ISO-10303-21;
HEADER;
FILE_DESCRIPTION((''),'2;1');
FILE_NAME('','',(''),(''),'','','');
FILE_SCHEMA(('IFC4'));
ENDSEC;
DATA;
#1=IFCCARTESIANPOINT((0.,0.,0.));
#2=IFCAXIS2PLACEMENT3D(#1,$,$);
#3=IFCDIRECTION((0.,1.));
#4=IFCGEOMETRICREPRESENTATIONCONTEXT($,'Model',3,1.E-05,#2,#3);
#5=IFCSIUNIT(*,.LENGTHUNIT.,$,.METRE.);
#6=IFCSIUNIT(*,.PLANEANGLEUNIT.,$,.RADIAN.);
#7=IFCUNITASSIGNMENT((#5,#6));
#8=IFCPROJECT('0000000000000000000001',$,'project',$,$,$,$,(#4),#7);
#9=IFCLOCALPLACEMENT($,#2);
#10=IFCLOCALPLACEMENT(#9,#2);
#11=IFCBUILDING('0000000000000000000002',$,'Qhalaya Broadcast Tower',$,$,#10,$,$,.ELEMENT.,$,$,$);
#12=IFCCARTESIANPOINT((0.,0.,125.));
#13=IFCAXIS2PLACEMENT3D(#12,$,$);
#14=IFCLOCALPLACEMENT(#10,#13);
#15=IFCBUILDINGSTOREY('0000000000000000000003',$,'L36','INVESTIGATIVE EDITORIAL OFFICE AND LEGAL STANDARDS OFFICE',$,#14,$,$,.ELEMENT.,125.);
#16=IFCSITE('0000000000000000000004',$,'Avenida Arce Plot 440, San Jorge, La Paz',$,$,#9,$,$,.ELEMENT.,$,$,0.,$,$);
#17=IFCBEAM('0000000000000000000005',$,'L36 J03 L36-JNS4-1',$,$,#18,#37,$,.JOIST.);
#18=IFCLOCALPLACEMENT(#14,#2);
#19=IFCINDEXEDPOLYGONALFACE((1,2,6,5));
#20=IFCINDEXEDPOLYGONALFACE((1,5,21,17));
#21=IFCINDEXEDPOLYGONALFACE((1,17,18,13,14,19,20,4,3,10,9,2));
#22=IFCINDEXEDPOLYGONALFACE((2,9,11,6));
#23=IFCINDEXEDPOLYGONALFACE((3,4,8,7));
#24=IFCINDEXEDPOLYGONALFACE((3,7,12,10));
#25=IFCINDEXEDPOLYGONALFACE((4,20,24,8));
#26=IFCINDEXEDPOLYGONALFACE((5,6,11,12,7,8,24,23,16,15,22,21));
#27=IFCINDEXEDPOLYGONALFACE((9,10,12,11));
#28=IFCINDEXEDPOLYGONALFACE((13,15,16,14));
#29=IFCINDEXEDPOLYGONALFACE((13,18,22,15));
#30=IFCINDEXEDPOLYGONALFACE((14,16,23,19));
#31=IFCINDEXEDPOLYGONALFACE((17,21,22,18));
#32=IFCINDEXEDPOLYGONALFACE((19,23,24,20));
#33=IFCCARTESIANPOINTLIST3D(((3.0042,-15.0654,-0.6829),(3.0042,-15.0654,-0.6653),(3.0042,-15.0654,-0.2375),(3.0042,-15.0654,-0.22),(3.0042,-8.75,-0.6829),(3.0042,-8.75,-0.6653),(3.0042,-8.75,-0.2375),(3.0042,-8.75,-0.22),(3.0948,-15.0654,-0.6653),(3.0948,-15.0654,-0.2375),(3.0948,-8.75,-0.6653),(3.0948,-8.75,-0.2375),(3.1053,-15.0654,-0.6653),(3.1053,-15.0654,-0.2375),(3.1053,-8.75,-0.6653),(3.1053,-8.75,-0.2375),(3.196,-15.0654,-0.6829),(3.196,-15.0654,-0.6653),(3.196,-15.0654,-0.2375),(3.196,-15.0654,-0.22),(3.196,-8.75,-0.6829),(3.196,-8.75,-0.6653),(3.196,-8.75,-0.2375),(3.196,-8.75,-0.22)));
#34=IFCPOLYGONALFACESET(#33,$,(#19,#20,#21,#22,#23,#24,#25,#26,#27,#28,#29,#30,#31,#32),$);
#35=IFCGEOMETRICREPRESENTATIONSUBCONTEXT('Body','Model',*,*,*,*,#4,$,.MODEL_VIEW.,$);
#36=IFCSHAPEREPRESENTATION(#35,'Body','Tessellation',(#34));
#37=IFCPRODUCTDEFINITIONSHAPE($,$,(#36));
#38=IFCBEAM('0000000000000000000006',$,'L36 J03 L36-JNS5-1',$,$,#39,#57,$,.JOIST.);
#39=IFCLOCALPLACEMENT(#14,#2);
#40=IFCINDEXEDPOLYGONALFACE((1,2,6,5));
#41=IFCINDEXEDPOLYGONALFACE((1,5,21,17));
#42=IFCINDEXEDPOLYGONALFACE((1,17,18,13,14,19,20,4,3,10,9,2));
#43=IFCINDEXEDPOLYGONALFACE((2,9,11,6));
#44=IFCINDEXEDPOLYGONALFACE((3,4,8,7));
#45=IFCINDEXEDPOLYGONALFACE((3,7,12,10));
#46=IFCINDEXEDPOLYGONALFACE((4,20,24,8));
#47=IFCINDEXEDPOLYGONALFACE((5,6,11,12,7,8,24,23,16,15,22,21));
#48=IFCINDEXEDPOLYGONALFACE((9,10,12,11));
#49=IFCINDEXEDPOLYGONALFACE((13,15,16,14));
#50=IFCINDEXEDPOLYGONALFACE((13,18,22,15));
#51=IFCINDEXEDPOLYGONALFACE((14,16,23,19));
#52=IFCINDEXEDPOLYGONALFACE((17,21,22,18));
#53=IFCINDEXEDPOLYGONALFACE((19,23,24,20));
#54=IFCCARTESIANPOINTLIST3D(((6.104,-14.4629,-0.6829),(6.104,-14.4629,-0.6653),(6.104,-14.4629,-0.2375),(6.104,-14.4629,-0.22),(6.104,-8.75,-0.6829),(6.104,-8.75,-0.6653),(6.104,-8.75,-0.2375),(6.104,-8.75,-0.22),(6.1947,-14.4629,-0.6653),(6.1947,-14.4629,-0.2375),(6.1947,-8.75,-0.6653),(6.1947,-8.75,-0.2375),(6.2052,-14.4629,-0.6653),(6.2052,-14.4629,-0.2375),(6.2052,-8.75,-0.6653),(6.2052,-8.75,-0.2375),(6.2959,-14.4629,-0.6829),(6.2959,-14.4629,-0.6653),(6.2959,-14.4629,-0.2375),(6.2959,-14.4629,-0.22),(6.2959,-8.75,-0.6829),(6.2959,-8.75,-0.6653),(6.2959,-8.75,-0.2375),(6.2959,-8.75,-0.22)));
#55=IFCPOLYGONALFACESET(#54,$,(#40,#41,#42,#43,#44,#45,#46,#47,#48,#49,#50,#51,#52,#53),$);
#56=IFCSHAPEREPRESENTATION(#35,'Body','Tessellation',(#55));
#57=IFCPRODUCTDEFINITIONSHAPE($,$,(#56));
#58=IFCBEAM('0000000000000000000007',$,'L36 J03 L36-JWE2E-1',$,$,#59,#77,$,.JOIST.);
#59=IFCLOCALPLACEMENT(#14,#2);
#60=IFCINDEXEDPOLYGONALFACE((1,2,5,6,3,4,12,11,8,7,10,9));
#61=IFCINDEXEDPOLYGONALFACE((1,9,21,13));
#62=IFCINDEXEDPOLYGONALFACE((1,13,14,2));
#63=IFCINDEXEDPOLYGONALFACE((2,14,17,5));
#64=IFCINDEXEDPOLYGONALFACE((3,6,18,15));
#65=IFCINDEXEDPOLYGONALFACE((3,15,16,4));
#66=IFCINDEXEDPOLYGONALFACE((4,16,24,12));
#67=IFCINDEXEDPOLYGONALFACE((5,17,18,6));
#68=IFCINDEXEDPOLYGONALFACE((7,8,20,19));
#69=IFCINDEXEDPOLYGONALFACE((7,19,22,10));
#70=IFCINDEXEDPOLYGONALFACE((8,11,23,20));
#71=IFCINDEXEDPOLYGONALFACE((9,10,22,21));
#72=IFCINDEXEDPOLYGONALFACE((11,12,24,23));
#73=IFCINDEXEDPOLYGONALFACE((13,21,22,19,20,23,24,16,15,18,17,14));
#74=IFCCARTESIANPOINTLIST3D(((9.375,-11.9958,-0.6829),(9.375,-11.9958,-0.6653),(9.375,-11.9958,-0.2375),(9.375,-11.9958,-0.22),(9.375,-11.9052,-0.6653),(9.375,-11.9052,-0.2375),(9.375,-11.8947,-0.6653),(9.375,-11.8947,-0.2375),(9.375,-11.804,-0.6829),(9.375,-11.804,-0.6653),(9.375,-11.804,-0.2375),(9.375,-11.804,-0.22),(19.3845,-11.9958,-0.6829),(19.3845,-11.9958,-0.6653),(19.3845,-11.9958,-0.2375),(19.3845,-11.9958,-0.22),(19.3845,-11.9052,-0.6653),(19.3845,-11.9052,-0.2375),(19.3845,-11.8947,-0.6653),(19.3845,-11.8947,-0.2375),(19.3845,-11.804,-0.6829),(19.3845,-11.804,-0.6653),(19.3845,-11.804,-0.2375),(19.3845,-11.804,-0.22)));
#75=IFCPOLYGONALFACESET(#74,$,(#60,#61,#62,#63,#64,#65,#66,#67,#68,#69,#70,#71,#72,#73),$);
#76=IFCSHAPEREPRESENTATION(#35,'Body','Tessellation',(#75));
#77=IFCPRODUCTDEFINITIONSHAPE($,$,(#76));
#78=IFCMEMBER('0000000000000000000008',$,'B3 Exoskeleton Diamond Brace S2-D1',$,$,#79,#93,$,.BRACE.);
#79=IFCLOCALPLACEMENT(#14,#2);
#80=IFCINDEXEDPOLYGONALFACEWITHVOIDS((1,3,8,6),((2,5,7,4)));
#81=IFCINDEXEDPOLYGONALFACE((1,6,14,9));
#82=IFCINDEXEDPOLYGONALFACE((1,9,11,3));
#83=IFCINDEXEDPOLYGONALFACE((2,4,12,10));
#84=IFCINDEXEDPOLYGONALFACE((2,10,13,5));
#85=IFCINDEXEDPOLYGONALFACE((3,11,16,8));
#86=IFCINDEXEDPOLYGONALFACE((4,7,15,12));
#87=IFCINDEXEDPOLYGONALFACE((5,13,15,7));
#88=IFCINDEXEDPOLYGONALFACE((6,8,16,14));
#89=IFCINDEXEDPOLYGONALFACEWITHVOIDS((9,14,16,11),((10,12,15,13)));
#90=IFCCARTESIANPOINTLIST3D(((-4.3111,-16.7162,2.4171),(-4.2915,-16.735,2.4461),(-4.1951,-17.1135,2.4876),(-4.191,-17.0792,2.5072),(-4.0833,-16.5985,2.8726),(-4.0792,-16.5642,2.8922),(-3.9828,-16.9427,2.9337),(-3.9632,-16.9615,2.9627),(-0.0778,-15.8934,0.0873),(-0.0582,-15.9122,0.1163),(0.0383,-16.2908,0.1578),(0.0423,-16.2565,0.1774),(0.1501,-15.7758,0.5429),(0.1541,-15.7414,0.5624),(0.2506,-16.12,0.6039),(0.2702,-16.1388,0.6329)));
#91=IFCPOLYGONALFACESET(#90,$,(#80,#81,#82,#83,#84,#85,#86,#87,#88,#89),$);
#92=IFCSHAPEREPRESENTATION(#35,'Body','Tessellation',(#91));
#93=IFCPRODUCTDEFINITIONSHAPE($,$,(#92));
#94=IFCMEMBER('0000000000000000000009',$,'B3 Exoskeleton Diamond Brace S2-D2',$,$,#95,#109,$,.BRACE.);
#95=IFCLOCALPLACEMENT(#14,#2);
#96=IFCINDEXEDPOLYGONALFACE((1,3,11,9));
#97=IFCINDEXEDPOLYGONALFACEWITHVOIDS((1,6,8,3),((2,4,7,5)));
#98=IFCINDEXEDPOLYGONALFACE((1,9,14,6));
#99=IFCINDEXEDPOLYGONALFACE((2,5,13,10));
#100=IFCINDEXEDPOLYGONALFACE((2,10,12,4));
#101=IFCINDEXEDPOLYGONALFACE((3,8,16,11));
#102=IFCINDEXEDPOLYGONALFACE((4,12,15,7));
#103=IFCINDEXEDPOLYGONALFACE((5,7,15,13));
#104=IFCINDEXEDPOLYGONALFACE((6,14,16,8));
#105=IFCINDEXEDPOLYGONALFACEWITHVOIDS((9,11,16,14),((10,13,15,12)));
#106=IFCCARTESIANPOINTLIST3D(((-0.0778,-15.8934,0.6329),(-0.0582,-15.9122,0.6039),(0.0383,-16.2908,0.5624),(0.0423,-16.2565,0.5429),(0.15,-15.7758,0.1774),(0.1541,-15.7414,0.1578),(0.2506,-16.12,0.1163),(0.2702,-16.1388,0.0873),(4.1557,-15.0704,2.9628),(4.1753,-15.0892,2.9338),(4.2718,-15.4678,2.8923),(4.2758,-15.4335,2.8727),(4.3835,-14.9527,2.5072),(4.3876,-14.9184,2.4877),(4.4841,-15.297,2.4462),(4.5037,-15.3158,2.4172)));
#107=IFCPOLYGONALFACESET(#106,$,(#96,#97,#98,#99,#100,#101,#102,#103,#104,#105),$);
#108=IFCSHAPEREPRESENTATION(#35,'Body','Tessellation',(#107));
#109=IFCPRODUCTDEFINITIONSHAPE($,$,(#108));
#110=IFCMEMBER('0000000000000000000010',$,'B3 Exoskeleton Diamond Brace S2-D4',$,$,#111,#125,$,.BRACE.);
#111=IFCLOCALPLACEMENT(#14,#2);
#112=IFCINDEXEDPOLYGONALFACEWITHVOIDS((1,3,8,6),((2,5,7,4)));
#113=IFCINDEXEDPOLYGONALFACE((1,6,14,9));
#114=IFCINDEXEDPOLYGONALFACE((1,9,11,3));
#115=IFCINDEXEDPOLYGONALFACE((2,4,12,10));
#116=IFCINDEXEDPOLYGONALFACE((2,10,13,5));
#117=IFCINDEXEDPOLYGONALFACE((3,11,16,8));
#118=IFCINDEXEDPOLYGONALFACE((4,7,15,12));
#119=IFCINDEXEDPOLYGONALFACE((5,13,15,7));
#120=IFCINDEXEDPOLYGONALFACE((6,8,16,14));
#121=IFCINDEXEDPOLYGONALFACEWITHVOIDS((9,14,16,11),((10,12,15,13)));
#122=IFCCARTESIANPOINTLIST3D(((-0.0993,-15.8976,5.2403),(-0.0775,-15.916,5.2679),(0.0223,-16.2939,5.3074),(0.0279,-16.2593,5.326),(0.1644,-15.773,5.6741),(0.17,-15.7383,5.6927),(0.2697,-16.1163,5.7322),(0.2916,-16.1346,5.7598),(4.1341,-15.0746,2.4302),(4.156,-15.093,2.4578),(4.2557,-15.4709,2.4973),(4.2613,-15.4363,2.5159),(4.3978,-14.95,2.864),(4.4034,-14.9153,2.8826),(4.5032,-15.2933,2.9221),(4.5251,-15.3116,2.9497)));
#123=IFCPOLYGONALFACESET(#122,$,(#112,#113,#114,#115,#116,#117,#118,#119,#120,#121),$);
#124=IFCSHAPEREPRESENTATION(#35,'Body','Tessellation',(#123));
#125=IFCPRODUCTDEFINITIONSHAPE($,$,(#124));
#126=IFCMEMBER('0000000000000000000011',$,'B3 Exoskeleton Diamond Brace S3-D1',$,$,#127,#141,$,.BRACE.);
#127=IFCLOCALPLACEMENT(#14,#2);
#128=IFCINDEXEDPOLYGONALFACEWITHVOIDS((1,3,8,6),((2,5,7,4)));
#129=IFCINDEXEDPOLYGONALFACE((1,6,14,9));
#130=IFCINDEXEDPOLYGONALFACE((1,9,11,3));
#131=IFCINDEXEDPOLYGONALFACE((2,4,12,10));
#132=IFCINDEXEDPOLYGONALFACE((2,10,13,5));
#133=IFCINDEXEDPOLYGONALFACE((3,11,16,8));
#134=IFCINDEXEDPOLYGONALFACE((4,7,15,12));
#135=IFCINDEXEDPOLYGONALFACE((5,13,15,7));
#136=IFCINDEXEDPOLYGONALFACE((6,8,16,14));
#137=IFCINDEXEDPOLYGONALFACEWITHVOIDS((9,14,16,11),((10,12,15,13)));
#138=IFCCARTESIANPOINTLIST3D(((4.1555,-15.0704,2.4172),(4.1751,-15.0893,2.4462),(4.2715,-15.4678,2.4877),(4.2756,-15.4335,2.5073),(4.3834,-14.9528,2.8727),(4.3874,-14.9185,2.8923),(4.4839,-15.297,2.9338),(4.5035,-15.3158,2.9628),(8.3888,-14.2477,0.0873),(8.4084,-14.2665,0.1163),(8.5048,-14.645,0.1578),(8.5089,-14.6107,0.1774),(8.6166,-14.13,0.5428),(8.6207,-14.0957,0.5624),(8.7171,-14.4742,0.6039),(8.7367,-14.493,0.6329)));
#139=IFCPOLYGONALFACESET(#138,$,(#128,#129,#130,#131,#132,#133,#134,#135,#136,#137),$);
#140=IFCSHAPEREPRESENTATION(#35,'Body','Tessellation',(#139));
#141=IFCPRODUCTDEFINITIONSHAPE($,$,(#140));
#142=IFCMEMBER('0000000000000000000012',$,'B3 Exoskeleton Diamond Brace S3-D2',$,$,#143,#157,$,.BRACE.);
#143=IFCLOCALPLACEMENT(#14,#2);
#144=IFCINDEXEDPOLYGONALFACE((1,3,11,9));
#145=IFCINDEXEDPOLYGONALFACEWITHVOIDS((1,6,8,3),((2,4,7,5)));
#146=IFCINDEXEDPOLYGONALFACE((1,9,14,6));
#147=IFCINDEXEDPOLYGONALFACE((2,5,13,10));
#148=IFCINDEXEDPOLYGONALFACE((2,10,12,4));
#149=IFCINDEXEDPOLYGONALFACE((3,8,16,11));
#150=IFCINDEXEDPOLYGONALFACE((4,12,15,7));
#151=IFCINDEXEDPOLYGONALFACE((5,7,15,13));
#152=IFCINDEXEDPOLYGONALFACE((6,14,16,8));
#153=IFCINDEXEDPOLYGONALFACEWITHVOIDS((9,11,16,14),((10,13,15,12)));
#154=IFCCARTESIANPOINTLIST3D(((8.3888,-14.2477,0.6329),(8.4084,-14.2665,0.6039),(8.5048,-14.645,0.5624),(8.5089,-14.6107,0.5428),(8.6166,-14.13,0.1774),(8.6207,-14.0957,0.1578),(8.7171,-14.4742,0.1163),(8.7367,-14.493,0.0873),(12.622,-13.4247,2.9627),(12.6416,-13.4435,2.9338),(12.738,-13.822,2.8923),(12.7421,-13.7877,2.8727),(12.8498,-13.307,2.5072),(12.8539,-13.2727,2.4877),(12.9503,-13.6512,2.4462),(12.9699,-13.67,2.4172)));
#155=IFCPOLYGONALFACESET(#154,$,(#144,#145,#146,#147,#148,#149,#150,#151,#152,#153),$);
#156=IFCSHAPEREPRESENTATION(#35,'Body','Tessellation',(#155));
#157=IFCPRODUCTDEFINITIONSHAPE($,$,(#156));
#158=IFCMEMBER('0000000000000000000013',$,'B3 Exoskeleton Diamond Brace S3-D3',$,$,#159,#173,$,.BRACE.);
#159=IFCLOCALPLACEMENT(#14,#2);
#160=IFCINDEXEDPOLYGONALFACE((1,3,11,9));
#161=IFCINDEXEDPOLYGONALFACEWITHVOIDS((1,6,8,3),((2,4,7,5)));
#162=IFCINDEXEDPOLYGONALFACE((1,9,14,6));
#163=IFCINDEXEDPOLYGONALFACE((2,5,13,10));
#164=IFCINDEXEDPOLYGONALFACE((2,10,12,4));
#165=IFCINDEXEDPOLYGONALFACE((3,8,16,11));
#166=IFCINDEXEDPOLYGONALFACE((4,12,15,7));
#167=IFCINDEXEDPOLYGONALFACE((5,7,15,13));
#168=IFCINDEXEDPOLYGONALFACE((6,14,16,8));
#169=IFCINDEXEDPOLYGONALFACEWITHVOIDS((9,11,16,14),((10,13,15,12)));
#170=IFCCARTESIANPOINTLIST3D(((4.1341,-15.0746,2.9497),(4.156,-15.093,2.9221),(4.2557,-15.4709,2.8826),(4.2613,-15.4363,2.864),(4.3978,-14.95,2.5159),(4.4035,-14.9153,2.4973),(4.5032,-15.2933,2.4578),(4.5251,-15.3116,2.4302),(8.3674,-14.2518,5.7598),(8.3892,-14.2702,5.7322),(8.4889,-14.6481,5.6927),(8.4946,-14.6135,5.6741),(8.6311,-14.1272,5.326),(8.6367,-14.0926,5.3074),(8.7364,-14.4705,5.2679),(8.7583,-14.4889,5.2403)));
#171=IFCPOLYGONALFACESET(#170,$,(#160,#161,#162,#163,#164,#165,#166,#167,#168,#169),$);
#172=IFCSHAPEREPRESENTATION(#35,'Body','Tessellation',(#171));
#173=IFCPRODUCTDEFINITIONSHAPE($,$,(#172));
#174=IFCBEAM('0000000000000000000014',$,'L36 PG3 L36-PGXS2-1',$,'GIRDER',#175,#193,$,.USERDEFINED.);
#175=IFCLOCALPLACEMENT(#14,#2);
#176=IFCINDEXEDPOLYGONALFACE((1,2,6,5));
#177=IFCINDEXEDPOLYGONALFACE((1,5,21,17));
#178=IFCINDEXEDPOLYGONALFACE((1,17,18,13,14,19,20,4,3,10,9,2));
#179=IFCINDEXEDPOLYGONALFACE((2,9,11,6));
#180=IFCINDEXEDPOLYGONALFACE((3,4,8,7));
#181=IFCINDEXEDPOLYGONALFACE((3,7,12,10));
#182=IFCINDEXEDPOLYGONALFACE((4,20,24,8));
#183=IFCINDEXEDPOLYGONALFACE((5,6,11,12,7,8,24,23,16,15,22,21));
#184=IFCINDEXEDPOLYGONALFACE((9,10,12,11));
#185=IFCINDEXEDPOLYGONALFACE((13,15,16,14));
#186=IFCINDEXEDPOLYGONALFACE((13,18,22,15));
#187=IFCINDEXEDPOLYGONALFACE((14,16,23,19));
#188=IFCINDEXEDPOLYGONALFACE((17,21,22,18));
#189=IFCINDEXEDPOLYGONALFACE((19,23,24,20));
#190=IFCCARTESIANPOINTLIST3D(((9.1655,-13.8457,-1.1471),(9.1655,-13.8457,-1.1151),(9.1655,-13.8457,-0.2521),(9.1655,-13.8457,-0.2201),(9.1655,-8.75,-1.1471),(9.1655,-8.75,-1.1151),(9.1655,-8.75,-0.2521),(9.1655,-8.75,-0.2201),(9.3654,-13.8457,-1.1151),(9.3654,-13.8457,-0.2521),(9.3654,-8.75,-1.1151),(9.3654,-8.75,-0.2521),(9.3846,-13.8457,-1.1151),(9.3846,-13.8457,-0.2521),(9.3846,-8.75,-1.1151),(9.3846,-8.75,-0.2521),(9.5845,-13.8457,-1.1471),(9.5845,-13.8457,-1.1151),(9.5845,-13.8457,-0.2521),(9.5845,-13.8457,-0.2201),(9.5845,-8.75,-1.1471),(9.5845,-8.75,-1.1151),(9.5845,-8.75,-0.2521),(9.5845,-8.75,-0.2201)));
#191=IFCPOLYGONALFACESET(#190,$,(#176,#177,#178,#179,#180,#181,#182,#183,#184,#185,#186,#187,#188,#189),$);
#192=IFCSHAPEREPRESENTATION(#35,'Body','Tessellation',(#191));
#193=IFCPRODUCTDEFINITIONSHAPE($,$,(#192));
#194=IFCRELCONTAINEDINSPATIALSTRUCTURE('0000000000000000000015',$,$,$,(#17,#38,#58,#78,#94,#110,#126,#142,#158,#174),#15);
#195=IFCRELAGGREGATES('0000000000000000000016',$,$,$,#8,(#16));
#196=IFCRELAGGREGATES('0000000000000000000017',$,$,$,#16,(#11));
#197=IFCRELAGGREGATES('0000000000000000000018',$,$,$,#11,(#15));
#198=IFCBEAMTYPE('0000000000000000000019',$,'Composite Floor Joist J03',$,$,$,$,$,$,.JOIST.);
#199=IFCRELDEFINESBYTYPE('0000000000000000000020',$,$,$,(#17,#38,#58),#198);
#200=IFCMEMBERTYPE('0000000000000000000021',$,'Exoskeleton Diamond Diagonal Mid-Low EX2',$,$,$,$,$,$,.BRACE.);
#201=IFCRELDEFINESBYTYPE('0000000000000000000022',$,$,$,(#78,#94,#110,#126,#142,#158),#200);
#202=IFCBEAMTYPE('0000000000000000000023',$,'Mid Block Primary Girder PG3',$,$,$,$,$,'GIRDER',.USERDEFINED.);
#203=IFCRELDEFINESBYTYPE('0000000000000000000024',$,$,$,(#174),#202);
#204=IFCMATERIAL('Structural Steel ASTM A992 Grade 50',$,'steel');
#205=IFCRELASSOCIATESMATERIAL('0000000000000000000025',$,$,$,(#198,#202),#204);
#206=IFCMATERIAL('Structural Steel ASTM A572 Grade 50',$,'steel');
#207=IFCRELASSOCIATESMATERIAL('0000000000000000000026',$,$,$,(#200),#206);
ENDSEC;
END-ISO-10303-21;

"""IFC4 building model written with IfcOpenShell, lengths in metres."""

from ifc_helpers import new_model, si_unit, direction, frame, origin, origin_2d, place, context, subcontext, project, spatial, hollow_rectangle, i_section, extrude, material, material_profile, profile_set, type_object, element, save


model = new_model("IFC4")

# Units and contexts
model_context = context("Model", 3, precision=1e-05, world=origin(), true_north=direction((0.0, 1.0)))
body_context = subcontext(model_context, "Body", "Model", "MODEL_VIEW")
ifc_project = project(units=[si_unit("LENGTHUNIT", "METRE"), si_unit("PLANEANGLEUNIT", "RADIAN")], contexts=[model_context])

# Site, building, storey
site_placement = place(None, origin())
site = spatial("IfcSite", under=ifc_project, at=site_placement, Name="Avenida Arce Plot 440, San Jorge, La Paz", CompositionType="ELEMENT", RefElevation=0.0)
building_placement = place(site_placement, origin())
building = spatial("IfcBuilding", under=site, at=building_placement, Name="Qhalaya Broadcast Tower", CompositionType="ELEMENT")
storey_placement = place(building_placement, frame((0.0, 0.0, 125.0)))
storey = spatial("IfcBuildingStorey", under=building, at=storey_placement, Name="L36", Description="INVESTIGATIVE EDITORIAL OFFICE AND LEGAL STANDARDS OFFICE", CompositionType="ELEMENT", Elevation=125.0)

# Beams
ifc_material_1 = material(Name="Structural Steel ASTM A992 Grade 50", Category="steel")
ifc_material_profile_1 = material_profile(ifc_material_1, i_section(OverallWidth=0.1919, OverallDepth=0.4629, WebThickness=0.0105, FlangeThickness=0.0176, at=origin_2d()), Name="W18X60")
ifc_profile_set_1 = profile_set([ifc_material_profile_1], Name="Structural Steel ASTM A992 Grade 50")
beam_type_1 = type_object("IfcBeamType", Name="Composite Floor Joist J03", PredefinedType="JOIST", material=ifc_profile_set_1)
beam_1_placement = place(storey_placement, frame((3.1001, -15.0654, -0.4514), z_axis=(0.0, 1.0, 0.0), x_axis=(-1.0, 0.0, 0.0)))
element("IfcBeam", 1, at=beam_1_placement, inside=storey, type_object=beam_type_1, Name="L36 J03 L36-JNS4-1", PredefinedType="JOIST", context=body_context, shape_type="SweptSolid", body=[
    extrude(i_section(OverallWidth=0.1919, OverallDepth=0.4629, WebThickness=0.0105, FlangeThickness=0.0176, at=origin_2d()), origin(), (0.0, 0.0, 1.0), 6.3154),
])
beam_2_placement = place(storey_placement, frame((6.2, -14.4629, -0.4514), z_axis=(0.0, 1.0, 0.0), x_axis=(-1.0, 0.0, 0.0)))
element("IfcBeam", 2, at=beam_2_placement, inside=storey, type_object=beam_type_1, Name="L36 J03 L36-JNS5-1", PredefinedType="JOIST", context=body_context, shape_type="SweptSolid", body=[
    extrude(i_section(OverallWidth=0.1919, OverallDepth=0.4629, WebThickness=0.0105, FlangeThickness=0.0176, at=origin_2d()), origin(), (0.0, 0.0, 1.0), 5.7129),
])
beam_3_placement = place(storey_placement, frame((9.375, -11.8999, -0.4514), z_axis=(1.0, 0.0, 0.0), x_axis=(0.0, 1.0, 0.0)))
element("IfcBeam", 3, at=beam_3_placement, inside=storey, type_object=beam_type_1, Name="L36 J03 L36-JWE2E-1", PredefinedType="JOIST", context=body_context, shape_type="SweptSolid", body=[
    extrude(i_section(OverallWidth=0.1919, OverallDepth=0.4629, WebThickness=0.0105, FlangeThickness=0.0176, at=origin_2d()), origin(), (0.0, 0.0, 1.0), 10.0095),
])

# Members
ifc_material_2 = material(Name="Structural Steel ASTM A572 Grade 50", Category="steel")
ifc_material_profile_2 = material_profile(ifc_material_2, hollow_rectangle(XDim=0.4199, YDim=0.55, WallThickness=0.0281, at=origin_2d()), Name="BOX 420x550x28")
ifc_profile_set_2 = profile_set([ifc_material_profile_2], Name="Structural Steel ASTM A572 Grade 50")
member_type = type_object("IfcMemberType", Name="Exoskeleton Diamond Diagonal Mid-Low EX2", PredefinedType="BRACE", material=ifc_profile_set_2)
member_1_placement = place(storey_placement, frame((0.0962, -16.0161, 0.3601), z_axis=(-0.863658, -0.167851, 0.475311), x_axis=(0.276301, -0.946295, 0.167877)))
element("IfcMember", 4, at=member_1_placement, inside=storey, type_object=member_type, Name="B3 Exoskeleton Diamond Brace S2-D1", PredefinedType="BRACE", context=body_context, shape_type="SweptSolid", body=[
    extrude(hollow_rectangle(XDim=0.4199, YDim=0.55, WallThickness=0.0281, at=origin_2d()), origin(), (0.0, 0.0, 1.0), 4.9016),
])
member_2_placement = place(storey_placement, frame((0.0962, -16.0161, 0.3601), z_axis=(0.863651, 0.167899, 0.475307), x_axis=(-0.276353, 0.94628, 0.167878)))
element("IfcMember", 5, at=member_2_placement, inside=storey, type_object=member_type, Name="B3 Exoskeleton Diamond Brace S2-D2", PredefinedType="BRACE", context=body_context, shape_type="SweptSolid", body=[
    extrude(hollow_rectangle(XDim=0.4199, YDim=0.55, WallThickness=0.0281, at=origin_2d()), origin(), (0.0, 0.0, 1.0), 4.9019),
])
member_3_placement = place(storey_placement, frame((4.3296, -15.1931, 2.6899), z_axis=(-0.822439, -0.159887, 0.545921), x_axis=(0.28958, -0.943709, 0.159867)))
element("IfcMember", 6, at=member_3_placement, inside=storey, type_object=member_type, Name="B3 Exoskeleton Diamond Brace S2-D4", PredefinedType="BRACE", context=body_context, shape_type="SweptSolid", body=[
    extrude(hollow_rectangle(XDim=0.4199, YDim=0.55, WallThickness=0.0281, at=origin_2d()), origin(), (0.0, 0.0, 1.0), 5.1475),
])
for number, where, z_axis, x_axis, name in (
    (7, (8.5627, -14.3704, 0.3601), (-0.863646, -0.167858, 0.475331), (0.276315, -0.946292, 0.167875), "B3 Exoskeleton Diamond Brace S3-D1"),
    (8, (8.5627, -14.3704, 0.3601), (0.863638, 0.167906, 0.475327), (-0.276367, 0.946276, 0.167875), "B3 Exoskeleton Diamond Brace S3-D2"),
):
    element("IfcMember", number, at=place(storey_placement, frame(where, z_axis=z_axis, x_axis=x_axis)), inside=storey, type_object=member_type, Name=name, PredefinedType="BRACE", context=body_context, shape_type="SweptSolid", body=[
        extrude(hollow_rectangle(XDim=0.4199, YDim=0.55, WallThickness=0.0281, at=origin_2d()), origin(), (0.0, 0.0, 1.0), 4.9016),
    ])
member_4_placement = place(storey_placement, frame((4.3296, -15.1931, 2.6899), z_axis=(0.82243, 0.159847, 0.545947), x_axis=(-0.289542, 0.943721, 0.159864)))
element("IfcMember", 9, at=member_4_placement, inside=storey, type_object=member_type, Name="B3 Exoskeleton Diamond Brace S3-D3", PredefinedType="BRACE", context=body_context, shape_type="SweptSolid", body=[
    extrude(hollow_rectangle(XDim=0.4199, YDim=0.55, WallThickness=0.0281, at=origin_2d()), origin(), (0.0, 0.0, 1.0), 5.1472),
])

# Beam
ifc_material_profile_3 = material_profile(ifc_material_1, i_section(OverallWidth=0.4189, OverallDepth=0.927, WebThickness=0.0193, FlangeThickness=0.032, at=origin_2d()), Name="W36X231")
ifc_profile_set_3 = profile_set([ifc_material_profile_3], Name="Structural Steel ASTM A992 Grade 50")
beam_type_2 = type_object("IfcBeamType", Name="Mid Block Primary Girder PG3", ElementType="GIRDER", PredefinedType="USERDEFINED", material=ifc_profile_set_3)
beam_4_placement = place(storey_placement, frame((9.375, -13.8457, -0.6836), z_axis=(0.0, 1.0, 0.0), x_axis=(-1.0, 0.0, 0.0)))
element("IfcBeam", 10, at=beam_4_placement, inside=storey, type_object=beam_type_2, Name="L36 PG3 L36-PGXS2-1", ObjectType="GIRDER", PredefinedType="USERDEFINED", context=body_context, shape_type="SweptSolid", body=[
    extrude(i_section(OverallWidth=0.4189, OverallDepth=0.927, WebThickness=0.0193, FlangeThickness=0.032, at=origin_2d()), origin(), (0.0, 0.0, 1.0), 5.0957),
])

save(model, "model.ifc")
